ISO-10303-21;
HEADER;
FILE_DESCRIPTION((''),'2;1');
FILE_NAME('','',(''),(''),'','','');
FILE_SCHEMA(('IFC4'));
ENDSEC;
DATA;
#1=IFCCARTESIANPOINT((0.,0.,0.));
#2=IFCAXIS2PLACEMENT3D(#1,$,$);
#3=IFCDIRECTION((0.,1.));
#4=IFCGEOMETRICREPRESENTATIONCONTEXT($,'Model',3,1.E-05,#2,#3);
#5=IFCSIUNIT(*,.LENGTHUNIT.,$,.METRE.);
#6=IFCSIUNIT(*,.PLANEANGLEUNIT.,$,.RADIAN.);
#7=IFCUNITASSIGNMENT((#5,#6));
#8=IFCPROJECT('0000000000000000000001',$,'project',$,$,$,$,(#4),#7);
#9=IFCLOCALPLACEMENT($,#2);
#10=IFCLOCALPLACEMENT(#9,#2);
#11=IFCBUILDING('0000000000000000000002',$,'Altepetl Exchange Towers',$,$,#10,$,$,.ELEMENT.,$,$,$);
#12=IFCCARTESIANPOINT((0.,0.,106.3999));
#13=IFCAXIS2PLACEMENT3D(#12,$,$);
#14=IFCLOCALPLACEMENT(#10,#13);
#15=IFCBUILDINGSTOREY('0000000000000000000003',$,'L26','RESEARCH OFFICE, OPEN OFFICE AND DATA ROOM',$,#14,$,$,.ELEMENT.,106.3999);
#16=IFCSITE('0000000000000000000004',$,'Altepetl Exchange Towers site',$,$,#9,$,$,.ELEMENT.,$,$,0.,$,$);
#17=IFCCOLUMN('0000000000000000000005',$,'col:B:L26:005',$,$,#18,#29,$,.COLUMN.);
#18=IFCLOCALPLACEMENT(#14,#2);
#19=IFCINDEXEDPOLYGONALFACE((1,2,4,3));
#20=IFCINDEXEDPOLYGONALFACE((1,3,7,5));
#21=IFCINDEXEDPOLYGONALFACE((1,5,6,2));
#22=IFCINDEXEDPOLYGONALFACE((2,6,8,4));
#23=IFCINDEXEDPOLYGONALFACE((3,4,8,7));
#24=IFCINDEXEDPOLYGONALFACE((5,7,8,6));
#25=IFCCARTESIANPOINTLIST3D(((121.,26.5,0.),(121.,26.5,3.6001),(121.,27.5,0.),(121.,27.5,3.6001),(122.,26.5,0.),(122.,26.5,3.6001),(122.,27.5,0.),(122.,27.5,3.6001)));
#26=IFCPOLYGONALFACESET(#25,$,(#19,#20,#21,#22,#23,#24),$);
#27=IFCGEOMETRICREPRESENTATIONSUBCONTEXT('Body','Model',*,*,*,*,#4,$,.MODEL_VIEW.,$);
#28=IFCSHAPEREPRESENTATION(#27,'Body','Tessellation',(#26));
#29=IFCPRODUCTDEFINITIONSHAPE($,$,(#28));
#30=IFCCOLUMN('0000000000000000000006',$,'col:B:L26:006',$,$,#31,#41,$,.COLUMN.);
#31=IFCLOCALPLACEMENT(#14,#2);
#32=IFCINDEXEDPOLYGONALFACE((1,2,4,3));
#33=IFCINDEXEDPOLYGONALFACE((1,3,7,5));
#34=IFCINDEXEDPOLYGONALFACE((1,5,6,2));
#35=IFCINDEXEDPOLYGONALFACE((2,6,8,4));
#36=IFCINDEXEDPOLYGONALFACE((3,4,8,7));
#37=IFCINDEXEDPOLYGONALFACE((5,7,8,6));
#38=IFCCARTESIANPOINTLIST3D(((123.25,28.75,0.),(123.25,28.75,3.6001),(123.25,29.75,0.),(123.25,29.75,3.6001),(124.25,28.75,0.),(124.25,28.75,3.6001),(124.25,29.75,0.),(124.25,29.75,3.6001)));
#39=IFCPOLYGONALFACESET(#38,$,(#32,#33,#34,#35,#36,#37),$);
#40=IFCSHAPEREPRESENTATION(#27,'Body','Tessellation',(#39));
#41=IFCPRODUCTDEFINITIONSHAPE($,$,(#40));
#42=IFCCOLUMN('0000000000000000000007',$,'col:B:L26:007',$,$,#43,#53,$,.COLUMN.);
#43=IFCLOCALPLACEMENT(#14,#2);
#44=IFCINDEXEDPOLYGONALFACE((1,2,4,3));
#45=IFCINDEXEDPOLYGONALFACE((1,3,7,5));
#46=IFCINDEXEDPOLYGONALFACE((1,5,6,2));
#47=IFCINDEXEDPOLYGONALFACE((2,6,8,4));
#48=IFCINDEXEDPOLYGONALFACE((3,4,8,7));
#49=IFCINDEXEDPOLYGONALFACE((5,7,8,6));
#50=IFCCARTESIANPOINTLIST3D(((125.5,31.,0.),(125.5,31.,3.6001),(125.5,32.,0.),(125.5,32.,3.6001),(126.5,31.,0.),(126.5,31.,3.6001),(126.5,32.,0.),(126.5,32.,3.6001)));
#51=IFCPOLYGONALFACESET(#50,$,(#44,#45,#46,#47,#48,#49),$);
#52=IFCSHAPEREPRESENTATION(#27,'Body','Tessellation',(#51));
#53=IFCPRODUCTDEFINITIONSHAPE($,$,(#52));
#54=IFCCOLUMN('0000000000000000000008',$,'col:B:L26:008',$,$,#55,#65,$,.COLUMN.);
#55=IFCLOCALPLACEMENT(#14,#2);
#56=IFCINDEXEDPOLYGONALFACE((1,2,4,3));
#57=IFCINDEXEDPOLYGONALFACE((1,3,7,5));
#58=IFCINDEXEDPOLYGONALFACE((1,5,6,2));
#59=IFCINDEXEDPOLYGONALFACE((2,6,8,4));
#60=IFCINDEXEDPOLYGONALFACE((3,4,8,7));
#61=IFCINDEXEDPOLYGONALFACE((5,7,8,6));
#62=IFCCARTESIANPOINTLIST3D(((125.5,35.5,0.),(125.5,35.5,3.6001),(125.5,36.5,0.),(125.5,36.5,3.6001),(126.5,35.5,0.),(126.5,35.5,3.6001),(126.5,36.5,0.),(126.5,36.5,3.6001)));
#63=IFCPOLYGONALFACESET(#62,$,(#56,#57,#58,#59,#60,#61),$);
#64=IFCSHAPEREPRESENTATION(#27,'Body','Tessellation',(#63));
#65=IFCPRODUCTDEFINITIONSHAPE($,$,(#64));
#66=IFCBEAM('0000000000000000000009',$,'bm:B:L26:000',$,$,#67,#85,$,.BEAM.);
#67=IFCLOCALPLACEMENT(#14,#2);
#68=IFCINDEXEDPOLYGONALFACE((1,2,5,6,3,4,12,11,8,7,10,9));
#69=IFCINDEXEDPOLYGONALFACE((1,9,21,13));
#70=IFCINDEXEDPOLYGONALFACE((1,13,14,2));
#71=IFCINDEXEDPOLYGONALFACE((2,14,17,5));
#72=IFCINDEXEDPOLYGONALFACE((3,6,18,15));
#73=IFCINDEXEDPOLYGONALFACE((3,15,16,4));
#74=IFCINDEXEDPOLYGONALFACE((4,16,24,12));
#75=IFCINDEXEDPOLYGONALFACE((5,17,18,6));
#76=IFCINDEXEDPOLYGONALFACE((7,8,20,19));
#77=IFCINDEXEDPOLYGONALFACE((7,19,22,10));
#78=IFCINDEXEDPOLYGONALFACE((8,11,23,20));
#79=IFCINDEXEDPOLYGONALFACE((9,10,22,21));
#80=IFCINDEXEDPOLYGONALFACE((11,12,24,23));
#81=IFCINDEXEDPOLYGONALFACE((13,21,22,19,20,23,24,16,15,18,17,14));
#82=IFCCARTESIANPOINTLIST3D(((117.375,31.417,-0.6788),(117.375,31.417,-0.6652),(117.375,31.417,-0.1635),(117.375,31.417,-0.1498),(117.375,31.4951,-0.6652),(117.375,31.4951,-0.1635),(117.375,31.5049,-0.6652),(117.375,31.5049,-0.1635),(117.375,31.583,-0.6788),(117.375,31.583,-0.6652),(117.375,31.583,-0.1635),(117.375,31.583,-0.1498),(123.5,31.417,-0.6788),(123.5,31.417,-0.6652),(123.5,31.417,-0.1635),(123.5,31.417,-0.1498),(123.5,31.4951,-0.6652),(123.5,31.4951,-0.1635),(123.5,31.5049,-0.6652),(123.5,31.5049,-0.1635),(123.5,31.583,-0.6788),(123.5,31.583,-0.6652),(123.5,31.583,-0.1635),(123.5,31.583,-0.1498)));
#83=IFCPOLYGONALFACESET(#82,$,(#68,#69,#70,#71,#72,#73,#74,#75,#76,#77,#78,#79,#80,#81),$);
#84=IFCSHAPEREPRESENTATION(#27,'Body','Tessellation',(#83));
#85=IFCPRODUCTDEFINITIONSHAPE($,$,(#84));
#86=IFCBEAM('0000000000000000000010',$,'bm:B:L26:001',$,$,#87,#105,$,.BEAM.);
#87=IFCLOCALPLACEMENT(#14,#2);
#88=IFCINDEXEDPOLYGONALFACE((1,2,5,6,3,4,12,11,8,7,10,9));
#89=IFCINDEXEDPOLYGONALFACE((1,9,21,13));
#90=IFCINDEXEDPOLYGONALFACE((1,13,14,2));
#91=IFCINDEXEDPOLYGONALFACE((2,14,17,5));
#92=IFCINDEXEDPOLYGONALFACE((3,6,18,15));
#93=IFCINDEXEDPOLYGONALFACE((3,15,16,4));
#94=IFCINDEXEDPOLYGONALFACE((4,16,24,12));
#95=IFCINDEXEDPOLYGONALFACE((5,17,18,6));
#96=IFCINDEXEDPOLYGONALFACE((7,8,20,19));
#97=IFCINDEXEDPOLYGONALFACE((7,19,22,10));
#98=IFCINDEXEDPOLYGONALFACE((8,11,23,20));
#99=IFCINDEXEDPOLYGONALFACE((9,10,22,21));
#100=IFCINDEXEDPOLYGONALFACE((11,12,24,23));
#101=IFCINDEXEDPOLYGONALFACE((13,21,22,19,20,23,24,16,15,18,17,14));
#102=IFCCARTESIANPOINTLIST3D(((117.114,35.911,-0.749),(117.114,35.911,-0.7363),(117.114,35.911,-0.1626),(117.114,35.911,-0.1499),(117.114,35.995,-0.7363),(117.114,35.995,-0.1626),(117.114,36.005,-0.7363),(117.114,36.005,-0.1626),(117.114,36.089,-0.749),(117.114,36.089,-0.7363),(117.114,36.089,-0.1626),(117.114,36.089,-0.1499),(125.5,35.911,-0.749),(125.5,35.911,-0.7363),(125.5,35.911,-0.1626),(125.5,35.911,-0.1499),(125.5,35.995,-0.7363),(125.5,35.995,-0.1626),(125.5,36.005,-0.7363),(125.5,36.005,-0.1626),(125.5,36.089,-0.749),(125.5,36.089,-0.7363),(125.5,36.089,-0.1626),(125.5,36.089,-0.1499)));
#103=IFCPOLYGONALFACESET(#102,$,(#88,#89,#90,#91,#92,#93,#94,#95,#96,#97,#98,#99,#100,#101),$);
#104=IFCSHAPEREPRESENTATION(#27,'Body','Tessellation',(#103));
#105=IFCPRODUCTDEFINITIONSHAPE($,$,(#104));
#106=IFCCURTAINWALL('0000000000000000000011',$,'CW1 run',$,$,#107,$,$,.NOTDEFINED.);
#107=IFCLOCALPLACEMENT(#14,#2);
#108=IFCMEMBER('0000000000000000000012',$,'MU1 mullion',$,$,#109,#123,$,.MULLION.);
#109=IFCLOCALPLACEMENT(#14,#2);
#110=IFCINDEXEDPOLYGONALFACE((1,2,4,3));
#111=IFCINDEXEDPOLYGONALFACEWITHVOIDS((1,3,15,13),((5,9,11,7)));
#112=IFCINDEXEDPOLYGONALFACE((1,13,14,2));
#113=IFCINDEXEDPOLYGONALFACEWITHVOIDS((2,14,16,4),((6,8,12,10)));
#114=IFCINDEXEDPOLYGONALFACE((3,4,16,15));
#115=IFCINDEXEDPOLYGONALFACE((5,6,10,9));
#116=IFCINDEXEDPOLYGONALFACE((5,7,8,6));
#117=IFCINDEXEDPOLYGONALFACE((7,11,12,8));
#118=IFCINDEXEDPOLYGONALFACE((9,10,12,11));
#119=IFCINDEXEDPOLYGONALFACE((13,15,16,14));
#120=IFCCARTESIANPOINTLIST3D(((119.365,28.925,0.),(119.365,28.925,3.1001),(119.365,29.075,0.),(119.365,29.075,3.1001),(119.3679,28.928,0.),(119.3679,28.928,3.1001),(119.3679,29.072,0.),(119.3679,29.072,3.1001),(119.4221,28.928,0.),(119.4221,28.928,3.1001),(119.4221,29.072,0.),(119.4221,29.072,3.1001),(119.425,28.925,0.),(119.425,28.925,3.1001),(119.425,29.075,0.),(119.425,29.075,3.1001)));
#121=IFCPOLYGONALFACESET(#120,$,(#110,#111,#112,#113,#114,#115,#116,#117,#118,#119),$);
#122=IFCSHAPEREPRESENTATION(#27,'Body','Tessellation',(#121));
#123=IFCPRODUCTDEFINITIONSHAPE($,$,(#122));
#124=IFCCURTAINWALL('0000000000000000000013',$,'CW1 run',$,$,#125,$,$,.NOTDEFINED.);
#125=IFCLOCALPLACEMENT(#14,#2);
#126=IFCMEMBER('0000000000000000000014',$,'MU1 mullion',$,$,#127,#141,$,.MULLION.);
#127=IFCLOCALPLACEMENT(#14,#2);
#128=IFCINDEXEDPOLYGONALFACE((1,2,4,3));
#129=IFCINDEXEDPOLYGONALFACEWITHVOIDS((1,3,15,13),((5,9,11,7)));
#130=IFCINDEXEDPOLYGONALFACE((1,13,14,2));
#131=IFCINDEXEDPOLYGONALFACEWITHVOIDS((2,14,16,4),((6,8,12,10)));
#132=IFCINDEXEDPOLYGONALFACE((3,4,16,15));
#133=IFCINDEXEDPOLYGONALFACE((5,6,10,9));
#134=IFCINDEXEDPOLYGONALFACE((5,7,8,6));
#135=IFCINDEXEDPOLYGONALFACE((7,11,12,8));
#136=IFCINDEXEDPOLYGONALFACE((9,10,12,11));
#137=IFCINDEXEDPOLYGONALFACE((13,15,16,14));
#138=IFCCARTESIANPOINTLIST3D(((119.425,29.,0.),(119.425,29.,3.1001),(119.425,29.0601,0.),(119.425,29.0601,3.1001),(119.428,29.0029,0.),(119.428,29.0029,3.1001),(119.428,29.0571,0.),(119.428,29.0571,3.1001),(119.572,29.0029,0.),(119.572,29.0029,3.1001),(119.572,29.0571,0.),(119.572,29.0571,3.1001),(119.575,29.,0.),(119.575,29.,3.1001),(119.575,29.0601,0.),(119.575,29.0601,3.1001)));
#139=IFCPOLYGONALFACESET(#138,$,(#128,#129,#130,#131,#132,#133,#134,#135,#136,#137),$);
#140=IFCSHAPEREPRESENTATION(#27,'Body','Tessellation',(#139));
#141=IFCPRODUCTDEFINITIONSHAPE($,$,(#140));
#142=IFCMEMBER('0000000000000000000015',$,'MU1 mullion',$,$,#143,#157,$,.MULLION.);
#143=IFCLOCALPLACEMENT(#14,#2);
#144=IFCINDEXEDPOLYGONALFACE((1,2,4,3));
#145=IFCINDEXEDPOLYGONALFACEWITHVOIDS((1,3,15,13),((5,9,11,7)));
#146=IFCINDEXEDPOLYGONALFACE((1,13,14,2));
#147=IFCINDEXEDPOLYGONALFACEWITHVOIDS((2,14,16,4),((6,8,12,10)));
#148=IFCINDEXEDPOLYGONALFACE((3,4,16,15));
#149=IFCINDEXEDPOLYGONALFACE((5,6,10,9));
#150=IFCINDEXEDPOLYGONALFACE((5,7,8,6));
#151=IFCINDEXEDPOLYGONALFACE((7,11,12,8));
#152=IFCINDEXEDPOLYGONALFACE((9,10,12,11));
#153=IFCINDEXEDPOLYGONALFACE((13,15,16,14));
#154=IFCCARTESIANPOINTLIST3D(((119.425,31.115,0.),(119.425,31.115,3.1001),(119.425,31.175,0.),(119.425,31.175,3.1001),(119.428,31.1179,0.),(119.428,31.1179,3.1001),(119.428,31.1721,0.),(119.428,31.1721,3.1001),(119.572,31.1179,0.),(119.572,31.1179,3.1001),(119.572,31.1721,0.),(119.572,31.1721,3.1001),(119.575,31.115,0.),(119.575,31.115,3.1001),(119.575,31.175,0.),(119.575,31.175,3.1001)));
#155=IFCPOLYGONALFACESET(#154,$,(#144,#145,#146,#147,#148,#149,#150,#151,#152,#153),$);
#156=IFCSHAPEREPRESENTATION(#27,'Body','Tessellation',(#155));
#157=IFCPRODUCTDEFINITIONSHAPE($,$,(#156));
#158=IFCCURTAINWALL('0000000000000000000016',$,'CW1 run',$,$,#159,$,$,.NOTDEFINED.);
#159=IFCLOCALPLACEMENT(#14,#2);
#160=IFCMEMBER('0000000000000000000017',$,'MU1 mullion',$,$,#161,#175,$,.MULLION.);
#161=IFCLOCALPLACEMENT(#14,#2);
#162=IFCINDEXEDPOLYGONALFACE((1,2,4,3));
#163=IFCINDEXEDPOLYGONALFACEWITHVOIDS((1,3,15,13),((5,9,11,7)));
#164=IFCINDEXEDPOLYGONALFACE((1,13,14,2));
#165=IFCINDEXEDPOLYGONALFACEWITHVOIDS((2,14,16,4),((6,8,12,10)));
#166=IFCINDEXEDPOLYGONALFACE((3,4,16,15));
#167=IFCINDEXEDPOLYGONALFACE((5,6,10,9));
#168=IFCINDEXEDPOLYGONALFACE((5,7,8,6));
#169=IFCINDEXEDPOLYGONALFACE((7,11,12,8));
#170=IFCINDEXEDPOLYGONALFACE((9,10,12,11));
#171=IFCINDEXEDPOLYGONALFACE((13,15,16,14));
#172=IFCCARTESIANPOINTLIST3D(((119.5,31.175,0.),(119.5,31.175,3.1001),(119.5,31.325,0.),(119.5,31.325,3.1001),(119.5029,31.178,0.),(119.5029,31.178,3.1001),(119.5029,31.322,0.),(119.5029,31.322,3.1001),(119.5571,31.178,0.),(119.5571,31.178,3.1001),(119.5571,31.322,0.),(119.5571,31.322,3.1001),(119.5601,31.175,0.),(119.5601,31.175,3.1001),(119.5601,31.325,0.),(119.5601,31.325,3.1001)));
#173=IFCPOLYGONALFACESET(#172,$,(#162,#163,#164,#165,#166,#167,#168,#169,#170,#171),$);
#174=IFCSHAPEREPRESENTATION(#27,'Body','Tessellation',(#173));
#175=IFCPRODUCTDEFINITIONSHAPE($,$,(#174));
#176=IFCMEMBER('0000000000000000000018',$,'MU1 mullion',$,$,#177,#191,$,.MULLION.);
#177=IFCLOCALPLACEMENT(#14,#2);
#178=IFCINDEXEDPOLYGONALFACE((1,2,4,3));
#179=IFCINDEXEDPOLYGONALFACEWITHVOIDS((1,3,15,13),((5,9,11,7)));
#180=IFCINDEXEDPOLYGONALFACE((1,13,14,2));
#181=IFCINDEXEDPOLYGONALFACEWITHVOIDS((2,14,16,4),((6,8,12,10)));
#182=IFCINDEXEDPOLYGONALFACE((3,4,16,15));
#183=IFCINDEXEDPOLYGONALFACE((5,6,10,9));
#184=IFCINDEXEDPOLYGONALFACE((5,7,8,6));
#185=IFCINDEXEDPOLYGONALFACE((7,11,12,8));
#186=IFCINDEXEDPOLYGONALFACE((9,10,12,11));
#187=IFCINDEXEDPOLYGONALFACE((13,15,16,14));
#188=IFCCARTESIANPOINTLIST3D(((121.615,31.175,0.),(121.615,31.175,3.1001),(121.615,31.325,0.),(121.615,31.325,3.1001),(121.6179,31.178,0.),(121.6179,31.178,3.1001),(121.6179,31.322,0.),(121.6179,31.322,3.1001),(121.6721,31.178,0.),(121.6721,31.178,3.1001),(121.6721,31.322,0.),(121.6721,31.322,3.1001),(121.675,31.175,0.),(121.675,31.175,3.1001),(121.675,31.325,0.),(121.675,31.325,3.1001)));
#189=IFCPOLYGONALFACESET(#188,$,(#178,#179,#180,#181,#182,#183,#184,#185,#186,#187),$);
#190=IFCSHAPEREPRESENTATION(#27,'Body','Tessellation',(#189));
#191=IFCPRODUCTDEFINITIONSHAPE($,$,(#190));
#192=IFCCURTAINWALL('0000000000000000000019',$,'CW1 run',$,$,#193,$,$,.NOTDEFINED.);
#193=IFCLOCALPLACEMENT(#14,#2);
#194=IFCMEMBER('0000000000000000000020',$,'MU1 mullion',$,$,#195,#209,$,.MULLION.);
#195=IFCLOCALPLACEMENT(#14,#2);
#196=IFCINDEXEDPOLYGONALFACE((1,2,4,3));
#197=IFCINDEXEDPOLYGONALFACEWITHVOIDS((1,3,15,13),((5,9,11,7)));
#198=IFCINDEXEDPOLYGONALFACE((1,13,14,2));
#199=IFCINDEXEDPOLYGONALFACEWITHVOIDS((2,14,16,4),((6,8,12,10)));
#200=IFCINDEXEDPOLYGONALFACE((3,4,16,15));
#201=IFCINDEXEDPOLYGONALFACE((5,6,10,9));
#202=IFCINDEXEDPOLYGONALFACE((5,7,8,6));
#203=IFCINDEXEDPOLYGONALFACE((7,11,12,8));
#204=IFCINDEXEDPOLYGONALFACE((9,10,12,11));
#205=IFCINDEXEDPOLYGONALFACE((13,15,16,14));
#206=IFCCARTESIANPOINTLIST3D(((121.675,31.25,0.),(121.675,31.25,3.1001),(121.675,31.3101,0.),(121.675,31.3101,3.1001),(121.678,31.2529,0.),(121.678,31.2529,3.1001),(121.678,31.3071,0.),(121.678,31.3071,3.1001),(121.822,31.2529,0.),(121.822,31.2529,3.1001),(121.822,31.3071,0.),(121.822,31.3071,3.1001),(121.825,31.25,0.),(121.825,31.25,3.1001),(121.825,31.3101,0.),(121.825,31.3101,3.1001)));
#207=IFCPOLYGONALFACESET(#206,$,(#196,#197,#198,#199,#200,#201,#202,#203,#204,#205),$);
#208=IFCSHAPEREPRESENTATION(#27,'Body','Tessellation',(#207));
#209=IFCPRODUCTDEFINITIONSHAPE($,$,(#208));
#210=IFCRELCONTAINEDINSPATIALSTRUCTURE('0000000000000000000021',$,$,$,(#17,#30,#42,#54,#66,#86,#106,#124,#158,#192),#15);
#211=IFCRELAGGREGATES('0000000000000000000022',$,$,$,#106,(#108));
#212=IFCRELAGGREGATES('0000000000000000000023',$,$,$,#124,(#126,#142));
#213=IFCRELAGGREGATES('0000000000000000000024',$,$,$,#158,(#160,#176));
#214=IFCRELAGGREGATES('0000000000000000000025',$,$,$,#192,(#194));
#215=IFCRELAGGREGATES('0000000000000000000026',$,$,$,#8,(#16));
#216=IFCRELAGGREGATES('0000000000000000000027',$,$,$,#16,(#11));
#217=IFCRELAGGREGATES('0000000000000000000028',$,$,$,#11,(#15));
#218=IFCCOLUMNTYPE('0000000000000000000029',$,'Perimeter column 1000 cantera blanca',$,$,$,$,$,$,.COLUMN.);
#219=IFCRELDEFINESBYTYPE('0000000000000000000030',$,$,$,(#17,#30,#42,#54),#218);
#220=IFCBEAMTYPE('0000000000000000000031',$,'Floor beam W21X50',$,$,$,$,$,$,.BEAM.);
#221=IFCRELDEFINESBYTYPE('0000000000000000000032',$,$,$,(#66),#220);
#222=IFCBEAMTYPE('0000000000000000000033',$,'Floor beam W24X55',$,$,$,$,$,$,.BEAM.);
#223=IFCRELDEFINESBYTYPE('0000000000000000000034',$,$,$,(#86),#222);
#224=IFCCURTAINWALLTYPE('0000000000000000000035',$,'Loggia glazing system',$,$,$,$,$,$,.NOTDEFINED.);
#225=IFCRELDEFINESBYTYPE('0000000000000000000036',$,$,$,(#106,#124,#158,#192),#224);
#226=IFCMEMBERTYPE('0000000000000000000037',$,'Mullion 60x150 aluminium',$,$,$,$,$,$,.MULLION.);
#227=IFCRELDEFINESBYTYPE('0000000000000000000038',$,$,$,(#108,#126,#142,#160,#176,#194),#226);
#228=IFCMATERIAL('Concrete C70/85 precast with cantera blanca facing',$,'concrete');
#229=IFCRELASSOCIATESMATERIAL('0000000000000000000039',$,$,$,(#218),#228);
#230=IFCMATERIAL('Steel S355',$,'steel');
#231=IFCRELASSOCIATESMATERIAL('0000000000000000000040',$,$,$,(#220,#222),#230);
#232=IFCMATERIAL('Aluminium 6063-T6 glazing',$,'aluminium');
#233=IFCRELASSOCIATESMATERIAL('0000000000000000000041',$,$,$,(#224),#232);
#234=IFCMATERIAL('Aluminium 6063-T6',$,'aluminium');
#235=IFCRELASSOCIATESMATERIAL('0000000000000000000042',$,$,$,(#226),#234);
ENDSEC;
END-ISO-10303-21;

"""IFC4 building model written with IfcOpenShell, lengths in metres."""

from ifc_helpers import new_model, si_unit, direction, frame, origin, origin_2d, place, context, subcontext, project, spatial, rectangle, hollow_rectangle, i_section, extrude, material, material_profile, profile_set, type_object, element, aggregate, save


model = new_model("IFC4")

# Units and contexts
model_context = context("Model", 3, precision=1e-05, world=origin(), true_north=direction((0.0, 1.0)))
body_context = subcontext(model_context, "Body", "Model", "MODEL_VIEW")
ifc_project = project(units=[si_unit("LENGTHUNIT", "METRE"), si_unit("PLANEANGLEUNIT", "RADIAN")], contexts=[model_context])

# Site, building, storey
site_placement = place(None, origin())
site = spatial("IfcSite", under=ifc_project, at=site_placement, Name="Altepetl Exchange Towers site", CompositionType="ELEMENT", RefElevation=0.0)
building_placement = place(site_placement, origin())
building = spatial("IfcBuilding", under=site, at=building_placement, Name="Altepetl Exchange Towers", CompositionType="ELEMENT")
storey_placement = place(building_placement, frame((0.0, 0.0, 106.3999)))
storey = spatial("IfcBuildingStorey", under=building, at=storey_placement, Name="L26", Description="RESEARCH OFFICE, OPEN OFFICE AND DATA ROOM", CompositionType="ELEMENT", Elevation=106.3999)

# Columns
ifc_material_1 = material(Name="Concrete C70/85 precast with cantera blanca facing", Category="concrete")
ifc_material_profile_1 = material_profile(ifc_material_1, rectangle(XDim=1.0, YDim=1.0, at=origin_2d()), Name="1000 x 1000")
ifc_profile_set_1 = profile_set([ifc_material_profile_1], Name="Concrete C70/85 precast with cantera blanca facing")
column_type = type_object("IfcColumnType", Name="Perimeter column 1000 cantera blanca", PredefinedType="COLUMN", material=ifc_profile_set_1)
for number, where, name in (
    (1, (121.5, 27.0, 0.0), "col:B:L26:005"),
    (2, (123.75, 29.25, 0.0), "col:B:L26:006"),
    (3, (126.0, 31.5, 0.0), "col:B:L26:007"),
    (4, (126.0, 36.0, 0.0), "col:B:L26:008"),
):
    element("IfcColumn", number, at=place(storey_placement, frame(where)), inside=storey, type_object=column_type, Name=name, PredefinedType="COLUMN", context=body_context, shape_type="SweptSolid", body=[
        extrude(rectangle(XDim=1.0, YDim=1.0, at=origin_2d()), origin(), (0.0, 0.0, 1.0), 3.6001),
    ])

# Beams
ifc_material_2 = material(Name="Steel S355", Category="steel")
ifc_material_profile_2 = material_profile(ifc_material_2, i_section(OverallWidth=0.166, OverallDepth=0.5291, WebThickness=0.0098, FlangeThickness=0.0137, at=origin_2d()), Name="W21X50")
ifc_profile_set_2 = profile_set([ifc_material_profile_2], Name="Steel S355")
beam_type_1 = type_object("IfcBeamType", Name="Floor beam W21X50", PredefinedType="BEAM", material=ifc_profile_set_2)
beam_1_placement = place(storey_placement, frame((117.375, 31.5, -0.4143), z_axis=(1.0, 0.0, 0.0), x_axis=(0.0, 1.0, 0.0)))
element("IfcBeam", 5, at=beam_1_placement, inside=storey, type_object=beam_type_1, Name="bm:B:L26:000", PredefinedType="BEAM", context=body_context, shape_type="SweptSolid", body=[
    extrude(i_section(OverallWidth=0.166, OverallDepth=0.5291, WebThickness=0.0098, FlangeThickness=0.0137, at=origin_2d()), origin(), (0.0, 0.0, 1.0), 6.125),
])
ifc_material_profile_3 = material_profile(ifc_material_2, i_section(OverallWidth=0.178, OverallDepth=0.5991, WebThickness=0.01, FlangeThickness=0.0127, at=origin_2d()), Name="W24X55")
ifc_profile_set_3 = profile_set([ifc_material_profile_3], Name="Steel S355")
beam_type_2 = type_object("IfcBeamType", Name="Floor beam W24X55", PredefinedType="BEAM", material=ifc_profile_set_3)
beam_2_placement = place(storey_placement, frame((117.114, 36.0, -0.4495), z_axis=(1.0, 0.0, 0.0), x_axis=(0.0, 1.0, 0.0)))
element("IfcBeam", 6, at=beam_2_placement, inside=storey, type_object=beam_type_2, Name="bm:B:L26:001", PredefinedType="BEAM", context=body_context, shape_type="SweptSolid", body=[
    extrude(i_section(OverallWidth=0.178, OverallDepth=0.5991, WebThickness=0.01, FlangeThickness=0.0127, at=origin_2d()), origin(), (0.0, 0.0, 1.0), 8.386),
])

# Curtain wall, member
ifc_material_3 = material(Name="Aluminium 6063-T6 glazing", Category="aluminium")
curtain_wall_type = type_object("IfcCurtainWallType", Name="Loggia glazing system", PredefinedType="NOTDEFINED", material=ifc_material_3)
curtain_wall_1_placement = place(storey_placement, origin())
curtain_wall_1 = element("IfcCurtainWall", 7, at=curtain_wall_1_placement, inside=storey, type_object=curtain_wall_type, Name="CW1 run", PredefinedType="NOTDEFINED")
ifc_material_4 = material(Name="Aluminium 6063-T6", Category="aluminium")
ifc_material_profile_4 = material_profile(ifc_material_4, hollow_rectangle(XDim=0.0601, YDim=0.1499, WallThickness=0.0029, at=origin_2d()), Name="Mullion 60x150 aluminium")
ifc_profile_set_4 = profile_set([ifc_material_profile_4], Name="Aluminium 6063-T6")
member_type = type_object("IfcMemberType", Name="Mullion 60x150 aluminium", PredefinedType="MULLION", material=ifc_profile_set_4)
member_1_placement = place(storey_placement, frame((119.395, 29.0, 0.0)))
member_1 = element("IfcMember", 8, at=member_1_placement, type_object=member_type, Name="MU1 mullion", PredefinedType="MULLION", context=body_context, shape_type="SweptSolid", body=[
    extrude(hollow_rectangle(XDim=0.0601, YDim=0.1499, WallThickness=0.0029, at=origin_2d()), origin(), (0.0, 0.0, 1.0), 3.1001),
])

# Curtain walls, members
curtain_wall_2_placement = place(storey_placement, origin())
curtain_wall_2 = element("IfcCurtainWall", 9, at=curtain_wall_2_placement, inside=storey, type_object=curtain_wall_type, Name="CW1 run", PredefinedType="NOTDEFINED")
member_2_placement = place(storey_placement, frame((119.5, 29.03, 0.0), z_axis=(0.0, 0.0, 1.0), x_axis=(0.0, 1.0, 0.0)))
member_2 = element("IfcMember", 10, at=member_2_placement, type_object=member_type, Name="MU1 mullion", PredefinedType="MULLION", context=body_context, shape_type="SweptSolid", body=[
    extrude(hollow_rectangle(XDim=0.0601, YDim=0.1499, WallThickness=0.0029, at=origin_2d()), origin(), (0.0, 0.0, 1.0), 3.1001),
])
member_3_placement = place(storey_placement, frame((119.5, 31.145, 0.0), z_axis=(0.0, 0.0, 1.0), x_axis=(0.0, 1.0, 0.0)))
member_3 = element("IfcMember", 11, at=member_3_placement, type_object=member_type, Name="MU1 mullion", PredefinedType="MULLION", context=body_context, shape_type="SweptSolid", body=[
    extrude(hollow_rectangle(XDim=0.0601, YDim=0.1499, WallThickness=0.0029, at=origin_2d()), origin(), (0.0, 0.0, 1.0), 3.1001),
])
curtain_wall_3_placement = place(storey_placement, origin())
curtain_wall_3 = element("IfcCurtainWall", 12, at=curtain_wall_3_placement, inside=storey, type_object=curtain_wall_type, Name="CW1 run", PredefinedType="NOTDEFINED")
member_4_placement = place(storey_placement, frame((119.53, 31.25, 0.0)))
member_4 = element("IfcMember", 13, at=member_4_placement, type_object=member_type, Name="MU1 mullion", PredefinedType="MULLION", context=body_context, shape_type="SweptSolid", body=[
    extrude(hollow_rectangle(XDim=0.0601, YDim=0.1499, WallThickness=0.0029, at=origin_2d()), origin(), (0.0, 0.0, 1.0), 3.1001),
])
member_5_placement = place(storey_placement, frame((121.645, 31.25, 0.0)))
member_5 = element("IfcMember", 14, at=member_5_placement, type_object=member_type, Name="MU1 mullion", PredefinedType="MULLION", context=body_context, shape_type="SweptSolid", body=[
    extrude(hollow_rectangle(XDim=0.0601, YDim=0.1499, WallThickness=0.0029, at=origin_2d()), origin(), (0.0, 0.0, 1.0), 3.1001),
])
curtain_wall_4_placement = place(storey_placement, origin())
curtain_wall_4 = element("IfcCurtainWall", 15, at=curtain_wall_4_placement, inside=storey, type_object=curtain_wall_type, Name="CW1 run", PredefinedType="NOTDEFINED")
member_6_placement = place(storey_placement, frame((121.75, 31.28, 0.0), z_axis=(0.0, 0.0, 1.0), x_axis=(0.0, 1.0, 0.0)))
member_6 = element("IfcMember", 16, at=member_6_placement, type_object=member_type, Name="MU1 mullion", PredefinedType="MULLION", context=body_context, shape_type="SweptSolid", body=[
    extrude(hollow_rectangle(XDim=0.0601, YDim=0.1499, WallThickness=0.0029, at=origin_2d()), origin(), (0.0, 0.0, 1.0), 3.1001),
])

aggregate(curtain_wall_1, [member_1])
aggregate(curtain_wall_2, [member_2, member_3])
aggregate(curtain_wall_3, [member_4, member_5])
aggregate(curtain_wall_4, [member_6])

save(model, "model.ifc")
